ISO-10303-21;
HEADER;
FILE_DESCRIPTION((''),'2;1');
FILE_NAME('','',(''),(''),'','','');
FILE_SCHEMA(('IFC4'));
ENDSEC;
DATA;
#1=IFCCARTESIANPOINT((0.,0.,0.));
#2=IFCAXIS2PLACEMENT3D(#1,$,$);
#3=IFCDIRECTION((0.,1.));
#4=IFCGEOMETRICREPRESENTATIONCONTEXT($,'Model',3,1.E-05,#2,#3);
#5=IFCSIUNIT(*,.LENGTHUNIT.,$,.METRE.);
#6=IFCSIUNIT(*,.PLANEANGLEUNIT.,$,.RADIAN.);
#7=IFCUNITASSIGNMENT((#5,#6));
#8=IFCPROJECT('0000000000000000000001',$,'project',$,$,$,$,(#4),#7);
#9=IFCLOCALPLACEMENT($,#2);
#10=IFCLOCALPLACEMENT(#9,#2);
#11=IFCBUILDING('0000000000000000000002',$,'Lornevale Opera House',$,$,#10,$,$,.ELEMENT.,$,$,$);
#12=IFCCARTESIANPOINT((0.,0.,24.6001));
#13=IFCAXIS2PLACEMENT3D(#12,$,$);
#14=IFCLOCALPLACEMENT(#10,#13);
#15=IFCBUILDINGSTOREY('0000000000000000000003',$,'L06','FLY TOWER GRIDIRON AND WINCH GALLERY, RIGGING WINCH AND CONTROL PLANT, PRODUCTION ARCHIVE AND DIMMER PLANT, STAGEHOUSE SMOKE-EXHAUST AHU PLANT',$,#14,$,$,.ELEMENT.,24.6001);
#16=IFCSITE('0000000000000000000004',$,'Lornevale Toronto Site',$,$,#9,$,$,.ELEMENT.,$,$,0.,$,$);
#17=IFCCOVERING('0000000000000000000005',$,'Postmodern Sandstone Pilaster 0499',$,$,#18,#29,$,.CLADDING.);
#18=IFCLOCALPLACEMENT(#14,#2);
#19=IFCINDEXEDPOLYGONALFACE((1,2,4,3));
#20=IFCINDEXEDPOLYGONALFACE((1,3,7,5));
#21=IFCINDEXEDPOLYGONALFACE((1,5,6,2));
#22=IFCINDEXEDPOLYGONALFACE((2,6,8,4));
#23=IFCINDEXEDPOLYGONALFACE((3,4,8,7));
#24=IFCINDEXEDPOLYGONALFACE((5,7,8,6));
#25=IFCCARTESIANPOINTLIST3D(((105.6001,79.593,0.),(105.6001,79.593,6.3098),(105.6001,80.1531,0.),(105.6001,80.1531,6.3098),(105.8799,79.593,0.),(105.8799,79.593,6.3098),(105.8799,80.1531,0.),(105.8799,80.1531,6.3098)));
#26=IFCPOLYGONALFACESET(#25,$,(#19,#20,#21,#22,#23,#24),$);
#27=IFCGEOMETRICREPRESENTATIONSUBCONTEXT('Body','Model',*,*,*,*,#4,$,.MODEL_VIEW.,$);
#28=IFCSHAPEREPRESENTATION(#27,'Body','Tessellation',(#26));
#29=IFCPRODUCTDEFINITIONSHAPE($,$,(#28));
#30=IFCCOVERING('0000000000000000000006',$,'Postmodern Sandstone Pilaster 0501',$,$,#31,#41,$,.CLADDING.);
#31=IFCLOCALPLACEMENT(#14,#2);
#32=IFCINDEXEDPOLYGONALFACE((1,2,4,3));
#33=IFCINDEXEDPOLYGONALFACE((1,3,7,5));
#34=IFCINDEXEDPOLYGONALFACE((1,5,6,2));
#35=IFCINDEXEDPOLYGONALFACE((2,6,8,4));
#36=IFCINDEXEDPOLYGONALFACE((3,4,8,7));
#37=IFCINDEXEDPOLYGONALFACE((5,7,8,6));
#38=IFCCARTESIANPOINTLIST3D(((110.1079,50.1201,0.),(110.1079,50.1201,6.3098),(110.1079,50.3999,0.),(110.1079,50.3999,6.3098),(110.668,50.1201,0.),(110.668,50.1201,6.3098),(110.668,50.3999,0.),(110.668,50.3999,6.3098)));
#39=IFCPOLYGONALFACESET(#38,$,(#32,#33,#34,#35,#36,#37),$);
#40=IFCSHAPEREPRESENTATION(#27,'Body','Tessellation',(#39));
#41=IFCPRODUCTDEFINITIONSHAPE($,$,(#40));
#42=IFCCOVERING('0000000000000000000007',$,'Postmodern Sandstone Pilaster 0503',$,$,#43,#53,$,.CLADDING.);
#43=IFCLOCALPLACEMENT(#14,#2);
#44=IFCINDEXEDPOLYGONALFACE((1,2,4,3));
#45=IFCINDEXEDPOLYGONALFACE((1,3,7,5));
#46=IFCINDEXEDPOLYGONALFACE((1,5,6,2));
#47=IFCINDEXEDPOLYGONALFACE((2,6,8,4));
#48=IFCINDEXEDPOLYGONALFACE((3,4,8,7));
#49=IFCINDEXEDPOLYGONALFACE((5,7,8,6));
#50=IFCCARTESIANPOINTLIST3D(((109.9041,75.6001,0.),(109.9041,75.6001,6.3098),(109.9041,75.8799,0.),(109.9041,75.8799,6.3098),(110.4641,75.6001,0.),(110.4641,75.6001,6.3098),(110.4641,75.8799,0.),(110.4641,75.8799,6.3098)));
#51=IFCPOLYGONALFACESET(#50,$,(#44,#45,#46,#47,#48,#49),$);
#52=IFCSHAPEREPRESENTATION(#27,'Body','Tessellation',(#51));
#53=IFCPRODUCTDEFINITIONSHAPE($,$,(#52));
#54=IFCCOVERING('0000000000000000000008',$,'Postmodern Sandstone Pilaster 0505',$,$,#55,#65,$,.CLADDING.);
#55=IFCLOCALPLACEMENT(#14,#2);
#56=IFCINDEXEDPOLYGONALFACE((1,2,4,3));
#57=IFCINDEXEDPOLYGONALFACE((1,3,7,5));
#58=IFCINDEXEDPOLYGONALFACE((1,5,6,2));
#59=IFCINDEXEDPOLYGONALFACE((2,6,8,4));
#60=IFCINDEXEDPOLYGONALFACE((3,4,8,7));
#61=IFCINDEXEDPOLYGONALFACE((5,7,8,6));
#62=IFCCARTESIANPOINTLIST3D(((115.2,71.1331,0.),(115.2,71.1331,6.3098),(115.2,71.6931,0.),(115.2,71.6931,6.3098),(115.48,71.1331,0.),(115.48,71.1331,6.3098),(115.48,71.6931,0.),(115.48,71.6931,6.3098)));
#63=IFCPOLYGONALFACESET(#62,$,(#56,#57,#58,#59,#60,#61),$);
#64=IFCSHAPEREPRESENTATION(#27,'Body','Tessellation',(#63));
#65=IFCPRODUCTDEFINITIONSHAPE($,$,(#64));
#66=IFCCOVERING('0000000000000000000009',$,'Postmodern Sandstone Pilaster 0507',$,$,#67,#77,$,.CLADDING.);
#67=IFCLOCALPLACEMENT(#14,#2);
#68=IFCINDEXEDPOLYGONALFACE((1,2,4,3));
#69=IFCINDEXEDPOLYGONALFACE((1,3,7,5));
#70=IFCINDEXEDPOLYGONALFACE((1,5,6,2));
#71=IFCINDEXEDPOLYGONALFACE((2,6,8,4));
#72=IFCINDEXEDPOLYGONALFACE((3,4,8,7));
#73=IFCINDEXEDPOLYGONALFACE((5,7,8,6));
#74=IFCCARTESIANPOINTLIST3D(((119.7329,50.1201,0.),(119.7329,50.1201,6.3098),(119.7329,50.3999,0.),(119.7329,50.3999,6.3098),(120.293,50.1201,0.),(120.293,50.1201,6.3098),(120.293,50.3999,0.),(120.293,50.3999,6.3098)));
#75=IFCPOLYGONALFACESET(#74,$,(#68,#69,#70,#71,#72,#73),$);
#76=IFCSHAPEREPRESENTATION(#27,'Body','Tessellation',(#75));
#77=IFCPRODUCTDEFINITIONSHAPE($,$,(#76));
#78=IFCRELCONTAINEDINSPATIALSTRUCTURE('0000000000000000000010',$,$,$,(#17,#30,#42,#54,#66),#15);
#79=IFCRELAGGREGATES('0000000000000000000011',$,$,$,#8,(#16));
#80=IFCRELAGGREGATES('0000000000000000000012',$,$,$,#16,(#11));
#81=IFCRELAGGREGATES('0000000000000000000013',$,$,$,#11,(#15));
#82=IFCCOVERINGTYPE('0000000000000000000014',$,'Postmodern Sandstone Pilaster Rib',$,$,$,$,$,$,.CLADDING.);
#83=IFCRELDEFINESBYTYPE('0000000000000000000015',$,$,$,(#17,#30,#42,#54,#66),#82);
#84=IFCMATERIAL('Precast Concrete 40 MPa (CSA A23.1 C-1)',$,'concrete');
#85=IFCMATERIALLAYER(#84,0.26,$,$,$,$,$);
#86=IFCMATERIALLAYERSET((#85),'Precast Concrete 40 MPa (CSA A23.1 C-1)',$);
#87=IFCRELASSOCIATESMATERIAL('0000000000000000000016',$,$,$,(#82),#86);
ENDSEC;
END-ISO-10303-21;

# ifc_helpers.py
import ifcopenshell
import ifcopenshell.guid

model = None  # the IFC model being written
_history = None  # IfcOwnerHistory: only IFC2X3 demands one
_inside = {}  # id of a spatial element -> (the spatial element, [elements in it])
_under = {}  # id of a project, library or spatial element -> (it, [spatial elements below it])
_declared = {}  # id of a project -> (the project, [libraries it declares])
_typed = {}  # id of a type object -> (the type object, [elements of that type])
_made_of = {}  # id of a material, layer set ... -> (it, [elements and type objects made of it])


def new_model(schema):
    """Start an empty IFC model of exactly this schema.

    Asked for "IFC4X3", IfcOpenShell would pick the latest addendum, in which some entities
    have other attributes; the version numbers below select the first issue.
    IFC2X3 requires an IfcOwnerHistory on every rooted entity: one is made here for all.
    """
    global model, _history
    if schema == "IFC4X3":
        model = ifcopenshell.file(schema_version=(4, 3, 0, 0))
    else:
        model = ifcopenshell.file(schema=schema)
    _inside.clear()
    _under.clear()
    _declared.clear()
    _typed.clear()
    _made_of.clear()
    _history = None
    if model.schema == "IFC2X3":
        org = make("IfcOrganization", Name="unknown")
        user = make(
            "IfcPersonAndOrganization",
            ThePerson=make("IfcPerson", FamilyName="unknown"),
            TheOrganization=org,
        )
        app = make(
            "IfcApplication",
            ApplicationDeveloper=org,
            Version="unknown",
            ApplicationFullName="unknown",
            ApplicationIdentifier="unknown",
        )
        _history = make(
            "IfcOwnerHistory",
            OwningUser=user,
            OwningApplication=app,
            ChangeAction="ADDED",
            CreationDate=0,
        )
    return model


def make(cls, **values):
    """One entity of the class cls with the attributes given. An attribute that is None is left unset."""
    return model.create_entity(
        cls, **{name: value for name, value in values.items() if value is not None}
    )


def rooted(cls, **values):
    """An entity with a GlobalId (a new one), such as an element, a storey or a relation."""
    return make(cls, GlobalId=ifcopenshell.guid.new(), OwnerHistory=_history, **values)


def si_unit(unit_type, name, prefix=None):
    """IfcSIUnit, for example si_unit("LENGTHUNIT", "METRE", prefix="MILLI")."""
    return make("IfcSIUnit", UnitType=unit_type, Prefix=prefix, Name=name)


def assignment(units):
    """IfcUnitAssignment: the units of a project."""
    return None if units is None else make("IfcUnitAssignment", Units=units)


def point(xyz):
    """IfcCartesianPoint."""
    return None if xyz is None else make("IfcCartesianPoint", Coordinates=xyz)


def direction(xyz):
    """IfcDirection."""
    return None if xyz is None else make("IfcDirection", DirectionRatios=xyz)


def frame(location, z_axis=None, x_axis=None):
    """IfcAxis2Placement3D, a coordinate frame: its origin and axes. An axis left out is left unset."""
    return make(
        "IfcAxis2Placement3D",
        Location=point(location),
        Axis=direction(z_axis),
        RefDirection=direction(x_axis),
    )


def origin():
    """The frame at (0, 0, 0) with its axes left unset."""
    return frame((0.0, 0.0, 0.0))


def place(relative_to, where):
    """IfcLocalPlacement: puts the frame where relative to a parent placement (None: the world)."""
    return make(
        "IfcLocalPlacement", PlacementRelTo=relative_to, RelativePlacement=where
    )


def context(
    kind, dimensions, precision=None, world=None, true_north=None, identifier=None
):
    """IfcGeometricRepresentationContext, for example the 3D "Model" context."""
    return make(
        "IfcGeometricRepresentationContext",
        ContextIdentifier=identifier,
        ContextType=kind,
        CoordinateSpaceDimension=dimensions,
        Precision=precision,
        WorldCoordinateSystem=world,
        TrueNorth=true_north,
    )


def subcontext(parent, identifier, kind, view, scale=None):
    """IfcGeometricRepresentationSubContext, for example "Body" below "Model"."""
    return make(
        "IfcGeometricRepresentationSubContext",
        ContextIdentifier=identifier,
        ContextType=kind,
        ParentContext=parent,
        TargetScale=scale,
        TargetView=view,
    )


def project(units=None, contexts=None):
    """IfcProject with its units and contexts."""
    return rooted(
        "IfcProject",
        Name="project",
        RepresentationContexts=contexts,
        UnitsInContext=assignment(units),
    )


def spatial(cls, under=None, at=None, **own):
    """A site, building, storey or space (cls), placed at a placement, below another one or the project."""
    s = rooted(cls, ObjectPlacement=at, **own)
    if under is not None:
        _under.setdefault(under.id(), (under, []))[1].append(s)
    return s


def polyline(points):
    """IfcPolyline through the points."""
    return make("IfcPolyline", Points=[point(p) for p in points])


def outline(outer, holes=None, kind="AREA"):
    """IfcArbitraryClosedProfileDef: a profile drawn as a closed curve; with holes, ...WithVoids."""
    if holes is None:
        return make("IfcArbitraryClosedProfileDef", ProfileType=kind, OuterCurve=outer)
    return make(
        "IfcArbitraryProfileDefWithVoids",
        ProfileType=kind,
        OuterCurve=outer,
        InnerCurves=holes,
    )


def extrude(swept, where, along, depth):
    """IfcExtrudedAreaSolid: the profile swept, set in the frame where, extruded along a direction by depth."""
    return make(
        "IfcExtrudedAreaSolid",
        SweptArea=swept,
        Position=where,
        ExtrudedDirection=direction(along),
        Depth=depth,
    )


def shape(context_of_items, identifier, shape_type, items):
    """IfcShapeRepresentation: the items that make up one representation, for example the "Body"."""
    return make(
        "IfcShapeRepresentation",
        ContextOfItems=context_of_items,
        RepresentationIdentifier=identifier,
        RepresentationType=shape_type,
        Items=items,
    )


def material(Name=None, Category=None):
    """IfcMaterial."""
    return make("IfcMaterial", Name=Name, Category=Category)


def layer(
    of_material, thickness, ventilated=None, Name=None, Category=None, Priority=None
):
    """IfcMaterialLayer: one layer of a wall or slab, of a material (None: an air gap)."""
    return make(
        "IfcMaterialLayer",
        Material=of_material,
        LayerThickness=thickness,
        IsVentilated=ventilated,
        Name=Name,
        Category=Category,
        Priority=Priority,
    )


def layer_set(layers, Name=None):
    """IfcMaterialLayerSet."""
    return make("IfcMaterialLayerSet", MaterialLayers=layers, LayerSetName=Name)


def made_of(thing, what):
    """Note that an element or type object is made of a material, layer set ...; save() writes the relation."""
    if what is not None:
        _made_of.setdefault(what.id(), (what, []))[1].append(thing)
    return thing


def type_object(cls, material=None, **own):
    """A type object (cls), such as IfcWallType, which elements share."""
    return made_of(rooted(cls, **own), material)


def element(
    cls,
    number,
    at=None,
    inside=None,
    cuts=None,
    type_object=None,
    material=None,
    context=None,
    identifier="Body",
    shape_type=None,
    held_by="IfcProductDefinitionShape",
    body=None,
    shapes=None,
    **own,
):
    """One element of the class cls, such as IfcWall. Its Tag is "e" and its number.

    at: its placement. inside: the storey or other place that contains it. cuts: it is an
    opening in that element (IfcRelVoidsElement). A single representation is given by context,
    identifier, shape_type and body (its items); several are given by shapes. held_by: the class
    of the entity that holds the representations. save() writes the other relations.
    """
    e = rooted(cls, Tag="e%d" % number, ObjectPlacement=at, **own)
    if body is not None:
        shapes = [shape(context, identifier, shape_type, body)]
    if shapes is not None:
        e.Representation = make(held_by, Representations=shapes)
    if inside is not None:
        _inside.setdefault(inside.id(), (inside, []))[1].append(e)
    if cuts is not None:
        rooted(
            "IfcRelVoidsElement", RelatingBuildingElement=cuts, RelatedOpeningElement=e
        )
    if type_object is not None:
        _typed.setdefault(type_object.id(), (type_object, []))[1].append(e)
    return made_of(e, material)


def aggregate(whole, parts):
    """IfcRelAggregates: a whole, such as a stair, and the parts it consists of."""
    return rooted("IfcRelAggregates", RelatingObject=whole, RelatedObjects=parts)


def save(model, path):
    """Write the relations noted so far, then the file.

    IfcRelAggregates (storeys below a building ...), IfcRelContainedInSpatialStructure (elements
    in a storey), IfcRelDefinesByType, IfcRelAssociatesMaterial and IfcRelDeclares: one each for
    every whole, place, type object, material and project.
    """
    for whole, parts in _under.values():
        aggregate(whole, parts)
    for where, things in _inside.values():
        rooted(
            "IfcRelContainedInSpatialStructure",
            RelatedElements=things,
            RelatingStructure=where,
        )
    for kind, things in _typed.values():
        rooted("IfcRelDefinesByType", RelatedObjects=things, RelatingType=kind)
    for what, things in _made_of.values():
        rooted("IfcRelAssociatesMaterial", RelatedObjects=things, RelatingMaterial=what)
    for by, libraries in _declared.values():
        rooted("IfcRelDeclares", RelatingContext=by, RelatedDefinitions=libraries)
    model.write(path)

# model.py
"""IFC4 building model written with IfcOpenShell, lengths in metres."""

from ifc_helpers import new_model, si_unit, direction, frame, origin, place, context, subcontext, project, spatial, polyline, outline, extrude, material, layer, layer_set, type_object, element, save


model = new_model("IFC4")

# Units and contexts
model_context = context("Model", 3, precision=1e-05, world=origin(), true_north=direction((0.0, 1.0)))
body_context = subcontext(model_context, "Body", "Model", "MODEL_VIEW")
ifc_project = project(units=[si_unit("LENGTHUNIT", "METRE"), si_unit("PLANEANGLEUNIT", "RADIAN")], contexts=[model_context])

# Site, building, storey
site_placement = place(None, origin())
site = spatial("IfcSite", under=ifc_project, at=site_placement, Name="Lornevale Toronto Site", CompositionType="ELEMENT", RefElevation=0.0)
building_placement = place(site_placement, origin())
building = spatial("IfcBuilding", under=site, at=building_placement, Name="Lornevale Opera House", CompositionType="ELEMENT")
storey_placement = place(building_placement, frame((0.0, 0.0, 24.6001)))
storey = spatial("IfcBuildingStorey", under=building, at=storey_placement, Name="L06", Description="FLY TOWER GRIDIRON AND WINCH GALLERY, RIGGING WINCH AND CONTROL PLANT, PRODUCTION ARCHIVE AND DIMMER PLANT, STAGEHOUSE SMOKE-EXHAUST AHU PLANT", CompositionType="ELEMENT", Elevation=24.6001)

# Coverings
ifc_material_1 = material(Name="Precast Concrete 40 MPa (CSA A23.1 C-1)", Category="concrete")
ifc_layer_1 = layer(ifc_material_1, 0.26)
ifc_layer_set_1 = layer_set([ifc_layer_1], Name="Precast Concrete 40 MPa (CSA A23.1 C-1)")
covering_type = type_object("IfcCoveringType", Name="Postmodern Sandstone Pilaster Rib", PredefinedType="CLADDING", material=ifc_layer_set_1)
covering_1_placement = place(storey_placement, origin())
element("IfcCovering", 1, at=covering_1_placement, inside=storey, type_object=covering_type, Name="Postmodern Sandstone Pilaster 0499", PredefinedType="CLADDING", context=body_context, shape_type="SweptSolid", body=[
    extrude(outline(polyline([(105.6001, 80.1531), (105.6001, 79.593), (105.8799, 79.593), (105.8799, 80.1531), (105.6001, 80.1531)])), origin(), (0.0, 0.0, 1.0), 6.3098),
])
covering_2_placement = place(storey_placement, origin())
element("IfcCovering", 2, at=covering_2_placement, inside=storey, type_object=covering_type, Name="Postmodern Sandstone Pilaster 0501", PredefinedType="CLADDING", context=body_context, shape_type="SweptSolid", body=[
    extrude(outline(polyline([(110.668, 50.3999), (110.1079, 50.3999), (110.1079, 50.1201), (110.668, 50.1201), (110.668, 50.3999)])), origin(), (0.0, 0.0, 1.0), 6.3098),
])
covering_3_placement = place(storey_placement, origin())
element("IfcCovering", 3, at=covering_3_placement, inside=storey, type_object=covering_type, Name="Postmodern Sandstone Pilaster 0503", PredefinedType="CLADDING", context=body_context, shape_type="SweptSolid", body=[
    extrude(outline(polyline([(109.9041, 75.6001), (110.4641, 75.6001), (110.4641, 75.8799), (109.9041, 75.8799), (109.9041, 75.6001)])), origin(), (0.0, 0.0, 1.0), 6.3098),
])
covering_4_placement = place(storey_placement, origin())
element("IfcCovering", 4, at=covering_4_placement, inside=storey, type_object=covering_type, Name="Postmodern Sandstone Pilaster 0505", PredefinedType="CLADDING", context=body_context, shape_type="SweptSolid", body=[
    extrude(outline(polyline([(115.2, 71.6931), (115.2, 71.1331), (115.48, 71.1331), (115.48, 71.6931), (115.2, 71.6931)])), origin(), (0.0, 0.0, 1.0), 6.3098),
])
covering_5_placement = place(storey_placement, origin())
element("IfcCovering", 5, at=covering_5_placement, inside=storey, type_object=covering_type, Name="Postmodern Sandstone Pilaster 0507", PredefinedType="CLADDING", context=body_context, shape_type="SweptSolid", body=[
    extrude(outline(polyline([(120.293, 50.3999), (119.7329, 50.3999), (119.7329, 50.1201), (120.293, 50.1201), (120.293, 50.3999)])), origin(), (0.0, 0.0, 1.0), 6.3098),
])

save(model, "model.ifc")
